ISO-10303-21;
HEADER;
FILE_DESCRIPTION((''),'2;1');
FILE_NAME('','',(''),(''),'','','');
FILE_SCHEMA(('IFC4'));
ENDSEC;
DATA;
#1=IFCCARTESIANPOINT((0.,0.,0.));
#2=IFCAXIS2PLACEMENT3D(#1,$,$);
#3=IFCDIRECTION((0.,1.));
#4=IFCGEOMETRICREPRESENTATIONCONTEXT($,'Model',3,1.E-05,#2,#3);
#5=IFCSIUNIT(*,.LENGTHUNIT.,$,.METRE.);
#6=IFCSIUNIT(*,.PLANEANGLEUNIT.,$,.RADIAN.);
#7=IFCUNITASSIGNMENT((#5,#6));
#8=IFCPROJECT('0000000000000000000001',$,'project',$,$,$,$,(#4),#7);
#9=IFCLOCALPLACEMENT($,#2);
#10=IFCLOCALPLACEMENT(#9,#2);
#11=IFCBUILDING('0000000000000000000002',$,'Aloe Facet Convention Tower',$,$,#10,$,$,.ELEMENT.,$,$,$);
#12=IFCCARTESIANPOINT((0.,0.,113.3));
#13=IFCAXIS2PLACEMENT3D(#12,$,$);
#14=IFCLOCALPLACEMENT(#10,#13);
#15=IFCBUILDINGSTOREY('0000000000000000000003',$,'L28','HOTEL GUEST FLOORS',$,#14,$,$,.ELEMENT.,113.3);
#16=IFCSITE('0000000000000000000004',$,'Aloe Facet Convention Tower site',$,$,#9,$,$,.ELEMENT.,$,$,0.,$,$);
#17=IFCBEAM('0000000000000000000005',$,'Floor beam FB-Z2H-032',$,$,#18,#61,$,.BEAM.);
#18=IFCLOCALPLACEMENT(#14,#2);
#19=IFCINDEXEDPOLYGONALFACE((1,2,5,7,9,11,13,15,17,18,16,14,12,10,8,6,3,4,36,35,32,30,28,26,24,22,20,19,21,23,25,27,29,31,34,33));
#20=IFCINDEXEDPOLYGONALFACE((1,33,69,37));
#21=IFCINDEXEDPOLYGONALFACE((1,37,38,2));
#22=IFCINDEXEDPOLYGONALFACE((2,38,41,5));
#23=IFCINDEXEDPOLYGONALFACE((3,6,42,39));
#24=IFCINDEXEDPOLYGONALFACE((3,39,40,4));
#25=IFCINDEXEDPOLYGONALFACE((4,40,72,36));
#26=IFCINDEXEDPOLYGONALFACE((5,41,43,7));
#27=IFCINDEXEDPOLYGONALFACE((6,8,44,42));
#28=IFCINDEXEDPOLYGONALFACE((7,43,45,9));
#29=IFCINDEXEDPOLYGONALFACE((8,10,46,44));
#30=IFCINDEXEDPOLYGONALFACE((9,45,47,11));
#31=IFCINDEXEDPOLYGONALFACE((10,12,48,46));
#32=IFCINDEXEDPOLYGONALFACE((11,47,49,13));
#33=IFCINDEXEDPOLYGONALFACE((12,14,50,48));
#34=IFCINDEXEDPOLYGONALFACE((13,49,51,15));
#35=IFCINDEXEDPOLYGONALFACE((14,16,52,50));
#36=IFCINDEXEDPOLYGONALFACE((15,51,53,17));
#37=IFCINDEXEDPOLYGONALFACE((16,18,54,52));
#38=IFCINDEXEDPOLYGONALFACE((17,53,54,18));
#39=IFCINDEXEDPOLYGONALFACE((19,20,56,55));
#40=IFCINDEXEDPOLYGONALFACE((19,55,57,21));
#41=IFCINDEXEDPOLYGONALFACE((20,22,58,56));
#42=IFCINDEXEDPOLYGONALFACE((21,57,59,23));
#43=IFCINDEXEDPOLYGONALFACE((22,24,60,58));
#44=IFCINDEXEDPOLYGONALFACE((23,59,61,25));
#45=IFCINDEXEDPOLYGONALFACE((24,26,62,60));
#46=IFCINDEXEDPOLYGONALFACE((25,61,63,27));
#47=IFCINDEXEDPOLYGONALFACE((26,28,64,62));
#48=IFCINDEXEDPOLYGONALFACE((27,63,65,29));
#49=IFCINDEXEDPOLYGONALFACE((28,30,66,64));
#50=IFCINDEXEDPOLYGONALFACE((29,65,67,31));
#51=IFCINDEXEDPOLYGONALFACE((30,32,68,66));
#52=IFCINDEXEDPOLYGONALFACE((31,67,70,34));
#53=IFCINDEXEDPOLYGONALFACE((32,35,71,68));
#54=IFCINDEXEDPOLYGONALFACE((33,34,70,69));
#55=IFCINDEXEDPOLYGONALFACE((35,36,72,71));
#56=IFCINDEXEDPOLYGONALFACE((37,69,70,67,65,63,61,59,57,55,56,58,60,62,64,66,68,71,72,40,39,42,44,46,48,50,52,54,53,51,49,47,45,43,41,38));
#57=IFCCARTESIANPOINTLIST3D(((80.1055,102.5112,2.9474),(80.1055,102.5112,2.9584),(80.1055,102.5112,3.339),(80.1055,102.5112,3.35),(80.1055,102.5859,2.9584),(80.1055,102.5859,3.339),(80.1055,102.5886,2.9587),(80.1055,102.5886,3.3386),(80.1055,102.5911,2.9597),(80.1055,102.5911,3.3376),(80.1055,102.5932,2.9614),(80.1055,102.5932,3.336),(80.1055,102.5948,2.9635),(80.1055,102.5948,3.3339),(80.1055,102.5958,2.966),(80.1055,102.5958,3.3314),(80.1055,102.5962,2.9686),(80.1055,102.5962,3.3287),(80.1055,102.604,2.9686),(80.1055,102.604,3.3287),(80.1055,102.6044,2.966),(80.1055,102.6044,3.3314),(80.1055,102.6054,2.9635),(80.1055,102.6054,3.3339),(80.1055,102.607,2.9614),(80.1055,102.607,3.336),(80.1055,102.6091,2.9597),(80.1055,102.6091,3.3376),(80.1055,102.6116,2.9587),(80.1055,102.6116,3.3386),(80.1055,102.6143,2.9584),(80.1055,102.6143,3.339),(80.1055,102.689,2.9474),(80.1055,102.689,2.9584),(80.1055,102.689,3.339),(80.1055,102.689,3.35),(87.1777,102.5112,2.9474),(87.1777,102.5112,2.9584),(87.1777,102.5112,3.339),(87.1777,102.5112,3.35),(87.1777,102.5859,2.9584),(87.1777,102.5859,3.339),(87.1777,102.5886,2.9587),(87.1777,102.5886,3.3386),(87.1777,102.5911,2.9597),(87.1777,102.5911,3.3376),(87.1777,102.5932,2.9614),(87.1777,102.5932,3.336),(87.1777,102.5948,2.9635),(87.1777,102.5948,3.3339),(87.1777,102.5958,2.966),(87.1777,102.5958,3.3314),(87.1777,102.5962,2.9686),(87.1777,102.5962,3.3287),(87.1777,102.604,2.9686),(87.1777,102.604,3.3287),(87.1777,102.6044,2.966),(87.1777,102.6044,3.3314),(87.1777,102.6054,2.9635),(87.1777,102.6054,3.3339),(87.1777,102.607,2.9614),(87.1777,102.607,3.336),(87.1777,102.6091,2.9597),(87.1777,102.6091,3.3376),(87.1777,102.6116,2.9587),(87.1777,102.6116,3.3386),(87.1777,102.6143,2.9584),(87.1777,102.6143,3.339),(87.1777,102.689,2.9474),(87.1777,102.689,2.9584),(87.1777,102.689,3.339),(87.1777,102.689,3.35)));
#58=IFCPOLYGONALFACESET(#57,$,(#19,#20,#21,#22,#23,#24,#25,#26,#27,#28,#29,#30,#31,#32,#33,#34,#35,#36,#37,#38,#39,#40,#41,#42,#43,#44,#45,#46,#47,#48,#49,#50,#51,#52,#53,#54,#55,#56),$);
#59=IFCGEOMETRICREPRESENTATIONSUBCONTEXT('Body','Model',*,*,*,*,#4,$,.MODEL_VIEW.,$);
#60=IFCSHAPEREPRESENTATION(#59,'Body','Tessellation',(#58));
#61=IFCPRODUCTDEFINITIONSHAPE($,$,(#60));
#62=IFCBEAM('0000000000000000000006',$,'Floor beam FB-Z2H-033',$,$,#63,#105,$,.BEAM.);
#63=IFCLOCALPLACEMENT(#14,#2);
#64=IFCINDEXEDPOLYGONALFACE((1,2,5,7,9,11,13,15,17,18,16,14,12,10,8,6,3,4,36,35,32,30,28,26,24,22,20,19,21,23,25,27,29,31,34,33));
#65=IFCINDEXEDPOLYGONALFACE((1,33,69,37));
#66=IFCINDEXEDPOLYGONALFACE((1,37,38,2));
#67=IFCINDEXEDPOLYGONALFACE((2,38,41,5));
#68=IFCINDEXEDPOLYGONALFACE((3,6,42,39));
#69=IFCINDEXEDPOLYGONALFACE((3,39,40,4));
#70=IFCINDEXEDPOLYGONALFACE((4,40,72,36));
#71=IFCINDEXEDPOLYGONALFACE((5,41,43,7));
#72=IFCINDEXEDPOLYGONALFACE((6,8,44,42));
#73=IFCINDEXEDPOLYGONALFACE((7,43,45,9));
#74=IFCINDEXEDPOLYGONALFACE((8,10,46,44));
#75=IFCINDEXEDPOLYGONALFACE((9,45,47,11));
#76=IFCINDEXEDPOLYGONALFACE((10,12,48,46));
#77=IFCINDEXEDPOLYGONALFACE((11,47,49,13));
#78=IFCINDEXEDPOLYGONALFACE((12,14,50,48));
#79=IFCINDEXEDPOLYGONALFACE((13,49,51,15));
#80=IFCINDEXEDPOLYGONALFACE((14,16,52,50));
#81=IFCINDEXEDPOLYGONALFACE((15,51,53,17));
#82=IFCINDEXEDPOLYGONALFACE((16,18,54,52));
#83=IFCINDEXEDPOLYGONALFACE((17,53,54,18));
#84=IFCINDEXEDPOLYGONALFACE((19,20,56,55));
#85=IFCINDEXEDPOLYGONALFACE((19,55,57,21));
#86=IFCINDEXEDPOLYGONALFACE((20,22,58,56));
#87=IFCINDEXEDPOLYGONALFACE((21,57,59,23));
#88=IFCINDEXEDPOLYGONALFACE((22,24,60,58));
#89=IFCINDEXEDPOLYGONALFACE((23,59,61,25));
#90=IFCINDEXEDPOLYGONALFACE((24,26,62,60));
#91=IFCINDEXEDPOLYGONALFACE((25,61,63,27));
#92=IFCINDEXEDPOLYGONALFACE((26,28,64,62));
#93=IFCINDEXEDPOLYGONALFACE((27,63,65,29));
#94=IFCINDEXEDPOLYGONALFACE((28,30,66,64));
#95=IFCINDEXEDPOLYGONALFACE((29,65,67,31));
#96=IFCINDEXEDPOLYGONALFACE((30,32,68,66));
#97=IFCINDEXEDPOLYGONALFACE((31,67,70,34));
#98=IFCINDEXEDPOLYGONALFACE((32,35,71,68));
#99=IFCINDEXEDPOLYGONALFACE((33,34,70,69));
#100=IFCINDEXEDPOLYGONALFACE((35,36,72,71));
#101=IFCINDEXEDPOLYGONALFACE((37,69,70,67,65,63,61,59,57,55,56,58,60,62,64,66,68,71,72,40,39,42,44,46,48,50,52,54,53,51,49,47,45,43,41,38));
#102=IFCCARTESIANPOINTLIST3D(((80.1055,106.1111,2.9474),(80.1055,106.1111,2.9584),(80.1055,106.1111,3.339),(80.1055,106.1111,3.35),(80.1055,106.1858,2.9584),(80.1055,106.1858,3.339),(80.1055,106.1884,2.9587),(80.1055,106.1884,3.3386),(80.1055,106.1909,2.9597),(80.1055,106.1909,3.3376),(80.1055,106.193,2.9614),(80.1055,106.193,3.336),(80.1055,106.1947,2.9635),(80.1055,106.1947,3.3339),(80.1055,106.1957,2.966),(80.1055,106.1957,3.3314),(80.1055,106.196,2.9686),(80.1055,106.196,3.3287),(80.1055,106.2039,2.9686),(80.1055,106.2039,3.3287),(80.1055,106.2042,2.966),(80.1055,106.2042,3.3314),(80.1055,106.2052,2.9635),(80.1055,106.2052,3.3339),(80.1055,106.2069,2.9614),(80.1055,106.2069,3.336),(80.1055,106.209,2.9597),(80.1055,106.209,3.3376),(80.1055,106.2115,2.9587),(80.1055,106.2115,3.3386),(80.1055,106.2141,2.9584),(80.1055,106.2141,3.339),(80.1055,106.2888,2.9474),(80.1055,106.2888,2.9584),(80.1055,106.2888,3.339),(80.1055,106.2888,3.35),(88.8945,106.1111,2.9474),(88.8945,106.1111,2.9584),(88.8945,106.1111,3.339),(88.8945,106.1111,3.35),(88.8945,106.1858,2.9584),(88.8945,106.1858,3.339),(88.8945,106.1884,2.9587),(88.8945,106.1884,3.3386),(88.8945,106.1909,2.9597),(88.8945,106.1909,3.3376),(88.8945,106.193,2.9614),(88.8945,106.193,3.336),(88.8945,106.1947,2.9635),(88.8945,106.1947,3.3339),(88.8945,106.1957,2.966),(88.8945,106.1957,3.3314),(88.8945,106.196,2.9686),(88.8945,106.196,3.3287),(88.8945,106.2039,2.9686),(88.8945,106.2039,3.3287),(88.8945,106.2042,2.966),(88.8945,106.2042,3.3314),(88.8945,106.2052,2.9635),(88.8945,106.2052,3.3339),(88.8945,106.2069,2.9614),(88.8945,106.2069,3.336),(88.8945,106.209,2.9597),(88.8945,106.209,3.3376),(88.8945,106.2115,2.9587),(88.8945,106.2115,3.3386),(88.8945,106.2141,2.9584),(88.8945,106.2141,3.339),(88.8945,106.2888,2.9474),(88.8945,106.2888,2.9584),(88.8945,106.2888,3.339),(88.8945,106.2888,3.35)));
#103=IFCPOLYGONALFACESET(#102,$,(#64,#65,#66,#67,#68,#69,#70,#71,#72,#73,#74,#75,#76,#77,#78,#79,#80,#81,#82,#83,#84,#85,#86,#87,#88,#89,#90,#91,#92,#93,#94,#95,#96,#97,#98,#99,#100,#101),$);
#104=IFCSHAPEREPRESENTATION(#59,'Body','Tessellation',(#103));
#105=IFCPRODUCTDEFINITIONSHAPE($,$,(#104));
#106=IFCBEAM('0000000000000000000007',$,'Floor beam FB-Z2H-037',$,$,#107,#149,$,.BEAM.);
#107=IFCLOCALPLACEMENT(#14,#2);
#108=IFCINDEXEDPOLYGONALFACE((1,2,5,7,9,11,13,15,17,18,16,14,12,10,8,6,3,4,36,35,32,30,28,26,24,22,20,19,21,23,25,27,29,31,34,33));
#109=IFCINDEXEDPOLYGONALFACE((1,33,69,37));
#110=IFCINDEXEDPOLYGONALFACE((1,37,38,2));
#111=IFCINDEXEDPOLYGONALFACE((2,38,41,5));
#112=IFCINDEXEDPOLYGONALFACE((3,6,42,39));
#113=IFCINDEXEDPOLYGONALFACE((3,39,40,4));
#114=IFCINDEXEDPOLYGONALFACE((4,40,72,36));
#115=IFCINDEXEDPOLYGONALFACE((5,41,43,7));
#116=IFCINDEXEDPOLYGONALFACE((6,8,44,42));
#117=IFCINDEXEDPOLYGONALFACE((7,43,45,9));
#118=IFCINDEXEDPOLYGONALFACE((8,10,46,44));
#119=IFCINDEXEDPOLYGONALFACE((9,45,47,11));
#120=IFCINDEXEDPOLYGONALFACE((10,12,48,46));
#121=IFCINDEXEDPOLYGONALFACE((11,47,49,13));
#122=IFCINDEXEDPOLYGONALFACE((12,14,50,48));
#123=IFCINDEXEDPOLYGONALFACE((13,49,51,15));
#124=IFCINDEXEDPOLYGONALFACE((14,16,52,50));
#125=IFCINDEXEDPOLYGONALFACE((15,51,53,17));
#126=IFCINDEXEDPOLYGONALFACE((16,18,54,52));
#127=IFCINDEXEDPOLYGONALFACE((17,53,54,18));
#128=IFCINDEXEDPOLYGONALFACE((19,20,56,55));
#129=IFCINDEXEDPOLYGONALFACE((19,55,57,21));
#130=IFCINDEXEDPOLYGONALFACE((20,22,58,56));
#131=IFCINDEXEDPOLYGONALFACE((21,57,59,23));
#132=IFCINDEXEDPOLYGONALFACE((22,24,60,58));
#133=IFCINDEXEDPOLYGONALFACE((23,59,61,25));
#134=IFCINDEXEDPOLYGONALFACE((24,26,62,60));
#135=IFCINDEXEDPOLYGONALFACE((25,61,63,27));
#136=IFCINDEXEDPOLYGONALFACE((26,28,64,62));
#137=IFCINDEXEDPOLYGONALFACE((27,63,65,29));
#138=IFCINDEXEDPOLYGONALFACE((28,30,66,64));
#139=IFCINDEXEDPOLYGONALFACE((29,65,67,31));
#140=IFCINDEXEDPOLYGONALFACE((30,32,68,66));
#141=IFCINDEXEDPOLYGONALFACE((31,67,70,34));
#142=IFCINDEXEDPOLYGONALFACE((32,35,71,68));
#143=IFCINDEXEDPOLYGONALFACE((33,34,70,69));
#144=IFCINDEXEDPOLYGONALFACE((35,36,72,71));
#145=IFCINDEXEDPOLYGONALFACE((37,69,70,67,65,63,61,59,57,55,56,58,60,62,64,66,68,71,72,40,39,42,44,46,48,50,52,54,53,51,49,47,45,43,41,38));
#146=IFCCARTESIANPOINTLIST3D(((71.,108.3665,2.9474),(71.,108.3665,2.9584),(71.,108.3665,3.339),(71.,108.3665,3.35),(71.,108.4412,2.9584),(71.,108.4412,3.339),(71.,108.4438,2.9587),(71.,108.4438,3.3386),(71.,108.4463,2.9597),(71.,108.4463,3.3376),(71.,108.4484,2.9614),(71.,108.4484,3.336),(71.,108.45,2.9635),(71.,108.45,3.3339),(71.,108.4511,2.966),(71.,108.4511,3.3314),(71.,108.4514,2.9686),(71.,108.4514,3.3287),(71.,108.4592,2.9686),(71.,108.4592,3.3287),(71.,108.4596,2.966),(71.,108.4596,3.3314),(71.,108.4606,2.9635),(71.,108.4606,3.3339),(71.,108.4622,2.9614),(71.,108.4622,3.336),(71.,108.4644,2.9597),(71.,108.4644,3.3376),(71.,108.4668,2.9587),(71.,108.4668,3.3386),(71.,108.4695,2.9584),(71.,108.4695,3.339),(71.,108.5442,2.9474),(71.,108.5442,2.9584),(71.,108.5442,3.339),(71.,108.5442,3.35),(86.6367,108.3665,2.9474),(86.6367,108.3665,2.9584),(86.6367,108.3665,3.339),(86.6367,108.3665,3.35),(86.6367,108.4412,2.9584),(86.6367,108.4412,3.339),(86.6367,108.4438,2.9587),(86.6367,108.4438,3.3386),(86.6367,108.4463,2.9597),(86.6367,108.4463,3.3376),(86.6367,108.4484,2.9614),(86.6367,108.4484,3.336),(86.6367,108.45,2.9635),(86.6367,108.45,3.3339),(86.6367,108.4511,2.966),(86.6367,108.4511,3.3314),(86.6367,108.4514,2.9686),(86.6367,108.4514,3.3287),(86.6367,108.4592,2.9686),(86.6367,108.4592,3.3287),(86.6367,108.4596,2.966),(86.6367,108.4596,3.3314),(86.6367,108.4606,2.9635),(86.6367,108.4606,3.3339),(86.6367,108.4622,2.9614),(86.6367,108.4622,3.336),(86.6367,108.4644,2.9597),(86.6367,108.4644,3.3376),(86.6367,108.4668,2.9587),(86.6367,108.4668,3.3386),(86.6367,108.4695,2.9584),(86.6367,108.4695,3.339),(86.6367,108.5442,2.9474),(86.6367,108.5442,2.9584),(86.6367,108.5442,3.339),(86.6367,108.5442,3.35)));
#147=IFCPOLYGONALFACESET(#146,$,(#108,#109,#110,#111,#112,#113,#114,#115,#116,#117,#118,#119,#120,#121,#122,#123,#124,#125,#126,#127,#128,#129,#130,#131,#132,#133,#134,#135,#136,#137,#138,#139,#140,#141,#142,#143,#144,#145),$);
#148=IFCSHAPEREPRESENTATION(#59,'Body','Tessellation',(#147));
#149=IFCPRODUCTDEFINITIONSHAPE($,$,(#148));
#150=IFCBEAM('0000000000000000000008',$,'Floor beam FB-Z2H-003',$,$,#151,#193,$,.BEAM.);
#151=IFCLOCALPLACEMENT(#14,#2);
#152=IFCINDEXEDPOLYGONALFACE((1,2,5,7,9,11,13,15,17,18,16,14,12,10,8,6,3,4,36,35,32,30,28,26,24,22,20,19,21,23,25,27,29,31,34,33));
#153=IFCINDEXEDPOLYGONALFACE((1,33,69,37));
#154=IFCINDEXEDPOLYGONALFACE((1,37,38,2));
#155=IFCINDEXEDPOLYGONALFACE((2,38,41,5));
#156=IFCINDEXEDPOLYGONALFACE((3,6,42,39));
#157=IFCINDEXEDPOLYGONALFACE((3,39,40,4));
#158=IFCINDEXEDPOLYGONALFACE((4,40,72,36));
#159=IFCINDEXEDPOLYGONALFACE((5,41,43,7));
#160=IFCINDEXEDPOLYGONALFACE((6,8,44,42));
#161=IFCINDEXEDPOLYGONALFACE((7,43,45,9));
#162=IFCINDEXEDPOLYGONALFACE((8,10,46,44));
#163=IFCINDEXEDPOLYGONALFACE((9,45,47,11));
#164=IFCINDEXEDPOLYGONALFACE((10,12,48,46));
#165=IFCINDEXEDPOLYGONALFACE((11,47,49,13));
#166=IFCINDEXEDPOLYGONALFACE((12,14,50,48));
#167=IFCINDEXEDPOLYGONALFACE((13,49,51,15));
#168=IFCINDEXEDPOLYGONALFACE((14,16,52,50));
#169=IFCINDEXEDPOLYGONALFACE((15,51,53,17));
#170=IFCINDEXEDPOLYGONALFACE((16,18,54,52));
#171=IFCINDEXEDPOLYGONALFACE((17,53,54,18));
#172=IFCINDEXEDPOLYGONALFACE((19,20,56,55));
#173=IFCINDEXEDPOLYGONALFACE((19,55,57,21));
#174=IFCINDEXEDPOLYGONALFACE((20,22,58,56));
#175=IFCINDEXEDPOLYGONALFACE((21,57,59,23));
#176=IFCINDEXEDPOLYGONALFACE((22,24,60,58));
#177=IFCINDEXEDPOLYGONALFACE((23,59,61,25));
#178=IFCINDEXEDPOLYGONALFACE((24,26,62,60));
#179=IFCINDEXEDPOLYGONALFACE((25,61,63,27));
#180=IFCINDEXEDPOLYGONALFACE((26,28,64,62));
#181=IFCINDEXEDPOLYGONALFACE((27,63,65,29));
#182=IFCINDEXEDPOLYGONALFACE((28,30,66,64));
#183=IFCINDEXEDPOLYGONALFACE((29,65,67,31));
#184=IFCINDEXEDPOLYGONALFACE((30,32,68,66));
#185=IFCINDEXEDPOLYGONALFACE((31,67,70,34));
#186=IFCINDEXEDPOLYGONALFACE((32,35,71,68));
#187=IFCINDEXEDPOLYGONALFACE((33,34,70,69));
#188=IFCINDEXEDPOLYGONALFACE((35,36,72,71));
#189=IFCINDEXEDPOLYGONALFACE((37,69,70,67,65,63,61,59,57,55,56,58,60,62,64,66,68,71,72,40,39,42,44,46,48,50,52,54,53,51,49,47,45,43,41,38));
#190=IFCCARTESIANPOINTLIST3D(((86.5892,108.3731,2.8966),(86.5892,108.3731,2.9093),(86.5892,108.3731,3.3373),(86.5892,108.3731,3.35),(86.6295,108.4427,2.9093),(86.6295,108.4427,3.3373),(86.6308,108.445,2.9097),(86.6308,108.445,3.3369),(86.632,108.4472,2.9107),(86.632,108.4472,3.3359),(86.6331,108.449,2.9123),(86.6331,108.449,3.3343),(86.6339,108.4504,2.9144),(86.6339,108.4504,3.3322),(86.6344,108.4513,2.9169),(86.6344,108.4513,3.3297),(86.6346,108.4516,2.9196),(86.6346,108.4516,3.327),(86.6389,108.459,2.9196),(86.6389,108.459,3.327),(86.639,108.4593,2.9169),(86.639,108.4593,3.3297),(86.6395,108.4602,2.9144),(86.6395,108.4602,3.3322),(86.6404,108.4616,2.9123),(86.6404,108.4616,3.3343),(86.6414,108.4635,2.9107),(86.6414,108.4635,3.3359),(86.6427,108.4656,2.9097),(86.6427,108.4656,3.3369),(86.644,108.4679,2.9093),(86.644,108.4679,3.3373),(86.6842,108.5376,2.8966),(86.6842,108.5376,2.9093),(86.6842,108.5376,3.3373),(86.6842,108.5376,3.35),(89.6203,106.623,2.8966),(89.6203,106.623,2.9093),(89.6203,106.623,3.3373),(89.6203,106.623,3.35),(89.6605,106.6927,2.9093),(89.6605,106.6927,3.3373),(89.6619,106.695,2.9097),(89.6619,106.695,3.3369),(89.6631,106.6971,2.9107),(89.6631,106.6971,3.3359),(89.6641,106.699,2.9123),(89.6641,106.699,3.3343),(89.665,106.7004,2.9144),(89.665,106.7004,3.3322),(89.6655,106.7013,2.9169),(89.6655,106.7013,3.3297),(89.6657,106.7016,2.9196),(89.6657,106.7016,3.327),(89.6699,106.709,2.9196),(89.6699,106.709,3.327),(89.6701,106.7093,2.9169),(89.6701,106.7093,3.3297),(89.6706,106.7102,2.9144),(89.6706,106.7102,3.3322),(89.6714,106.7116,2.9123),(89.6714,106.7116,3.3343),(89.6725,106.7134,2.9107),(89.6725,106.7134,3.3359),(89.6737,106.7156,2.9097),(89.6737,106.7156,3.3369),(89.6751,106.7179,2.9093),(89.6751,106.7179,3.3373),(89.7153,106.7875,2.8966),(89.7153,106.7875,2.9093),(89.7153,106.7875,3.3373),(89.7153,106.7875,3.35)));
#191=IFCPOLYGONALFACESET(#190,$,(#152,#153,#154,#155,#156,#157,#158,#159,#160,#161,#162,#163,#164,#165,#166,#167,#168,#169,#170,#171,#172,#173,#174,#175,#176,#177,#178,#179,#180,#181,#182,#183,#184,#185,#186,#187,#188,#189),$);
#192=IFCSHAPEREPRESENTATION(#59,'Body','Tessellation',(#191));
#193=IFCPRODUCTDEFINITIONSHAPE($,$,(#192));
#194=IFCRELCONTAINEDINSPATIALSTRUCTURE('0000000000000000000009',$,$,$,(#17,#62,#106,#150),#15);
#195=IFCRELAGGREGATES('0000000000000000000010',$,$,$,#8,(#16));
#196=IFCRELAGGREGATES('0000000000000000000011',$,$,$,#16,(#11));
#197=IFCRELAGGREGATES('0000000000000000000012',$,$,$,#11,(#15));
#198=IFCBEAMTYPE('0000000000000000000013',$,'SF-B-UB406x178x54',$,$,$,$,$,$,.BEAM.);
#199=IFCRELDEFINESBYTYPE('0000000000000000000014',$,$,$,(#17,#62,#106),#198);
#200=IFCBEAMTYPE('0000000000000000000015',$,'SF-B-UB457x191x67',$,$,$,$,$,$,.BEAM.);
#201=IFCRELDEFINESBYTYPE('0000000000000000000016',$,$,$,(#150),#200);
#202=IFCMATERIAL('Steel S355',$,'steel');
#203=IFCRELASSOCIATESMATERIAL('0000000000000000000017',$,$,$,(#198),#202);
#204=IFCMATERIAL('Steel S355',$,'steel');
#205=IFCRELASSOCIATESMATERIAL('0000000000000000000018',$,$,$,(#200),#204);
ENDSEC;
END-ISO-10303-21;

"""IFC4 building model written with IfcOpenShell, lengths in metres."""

from ifc_helpers import new_model, si_unit, direction, frame, origin, origin_2d, place, context, subcontext, project, spatial, i_section, extrude, material, material_profile, profile_set, type_object, element, save


model = new_model("IFC4")

# Units and contexts
model_context = context("Model", 3, precision=1e-05, world=origin(), true_north=direction((0.0, 1.0)))
body_context = subcontext(model_context, "Body", "Model", "MODEL_VIEW")
ifc_project = project(units=[si_unit("LENGTHUNIT", "METRE"), si_unit("PLANEANGLEUNIT", "RADIAN")], contexts=[model_context])

# Site, building, storey
site_placement = place(None, origin())
site = spatial("IfcSite", under=ifc_project, at=site_placement, Name="Aloe Facet Convention Tower site", CompositionType="ELEMENT", RefElevation=0.0)
building_placement = place(site_placement, origin())
building = spatial("IfcBuilding", under=site, at=building_placement, Name="Aloe Facet Convention Tower", CompositionType="ELEMENT")
storey_placement = place(building_placement, frame((0.0, 0.0, 113.3)))
storey = spatial("IfcBuildingStorey", under=building, at=storey_placement, Name="L28", Description="HOTEL GUEST FLOORS", CompositionType="ELEMENT", Elevation=113.3)

# Beams
ifc_material_1 = material(Name="Steel S355", Category="steel")
ifc_material_profile_1 = material_profile(ifc_material_1, i_section(OverallWidth=0.1777, OverallDepth=0.4026, WebThickness=0.0078, FlangeThickness=0.011, FilletRadius=0.0103, at=origin_2d()), Name="UB 406x178x54")
ifc_profile_set_1 = profile_set([ifc_material_profile_1], Name="Steel S355")
beam_type_1 = type_object("IfcBeamType", Name="SF-B-UB406x178x54", PredefinedType="BEAM", material=ifc_profile_set_1)
beam_1_placement = place(storey_placement, frame((80.1055, 102.6001, 3.1487), z_axis=(1.0, 0.0, 0.0), x_axis=(0.0, 1.0, 0.0)))
element("IfcBeam", 1, at=beam_1_placement, inside=storey, type_object=beam_type_1, Name="Floor beam FB-Z2H-032", PredefinedType="BEAM", context=body_context, shape_type="SweptSolid", body=[
    extrude(i_section(OverallWidth=0.1777, OverallDepth=0.4026, WebThickness=0.0078, FlangeThickness=0.011, FilletRadius=0.0103, at=origin_2d()), origin(), (0.0, 0.0, 1.0), 7.0723),
])
beam_2_placement = place(storey_placement, frame((80.1055, 106.2, 3.1487), z_axis=(1.0, 0.0, 0.0), x_axis=(0.0, 1.0, 0.0)))
element("IfcBeam", 2, at=beam_2_placement, inside=storey, type_object=beam_type_1, Name="Floor beam FB-Z2H-033", PredefinedType="BEAM", context=body_context, shape_type="SweptSolid", body=[
    extrude(i_section(OverallWidth=0.1777, OverallDepth=0.4026, WebThickness=0.0078, FlangeThickness=0.011, FilletRadius=0.0103, at=origin_2d()), origin(), (0.0, 0.0, 1.0), 8.7891),
])
beam_3_placement = place(storey_placement, frame((86.6367, 108.4553, 3.1487), z_axis=(-1.0, 0.0, 0.0), x_axis=(0.0, -1.0, 0.0)))
element("IfcBeam", 3, at=beam_3_placement, inside=storey, type_object=beam_type_1, Name="Floor beam FB-Z2H-037", PredefinedType="BEAM", context=body_context, shape_type="SweptSolid", body=[
    extrude(i_section(OverallWidth=0.1777, OverallDepth=0.4026, WebThickness=0.0078, FlangeThickness=0.011, FilletRadius=0.0103, at=origin_2d()), origin(), (0.0, 0.0, 1.0), 15.6367),
])
ifc_material_2 = material(Name="Steel S355", Category="steel")
ifc_material_profile_2 = material_profile(ifc_material_2, i_section(OverallWidth=0.1899, OverallDepth=0.4534, WebThickness=0.0085, FlangeThickness=0.0127, FilletRadius=0.0103, at=origin_2d()), Name="UB 457x191x67")
ifc_profile_set_2 = profile_set([ifc_material_profile_2], Name="Steel S355")
beam_type_2 = type_object("IfcBeamType", Name="SF-B-UB457x191x67", PredefinedType="BEAM", material=ifc_profile_set_2)
beam_4_placement = place(storey_placement, frame((86.6367, 108.4553, 3.1233), z_axis=(0.866019, -0.50001, 0.0), x_axis=(0.50001, 0.866019, 0.0)))
element("IfcBeam", 4, at=beam_4_placement, inside=storey, type_object=beam_type_2, Name="Floor beam FB-Z2H-003", PredefinedType="BEAM", context=body_context, shape_type="SweptSolid", body=[
    extrude(i_section(OverallWidth=0.1899, OverallDepth=0.4534, WebThickness=0.0085, FlangeThickness=0.0127, FilletRadius=0.0103, at=origin_2d()), origin(), (0.0, 0.0, 1.0), 3.5),
])

save(model, "model.ifc")
